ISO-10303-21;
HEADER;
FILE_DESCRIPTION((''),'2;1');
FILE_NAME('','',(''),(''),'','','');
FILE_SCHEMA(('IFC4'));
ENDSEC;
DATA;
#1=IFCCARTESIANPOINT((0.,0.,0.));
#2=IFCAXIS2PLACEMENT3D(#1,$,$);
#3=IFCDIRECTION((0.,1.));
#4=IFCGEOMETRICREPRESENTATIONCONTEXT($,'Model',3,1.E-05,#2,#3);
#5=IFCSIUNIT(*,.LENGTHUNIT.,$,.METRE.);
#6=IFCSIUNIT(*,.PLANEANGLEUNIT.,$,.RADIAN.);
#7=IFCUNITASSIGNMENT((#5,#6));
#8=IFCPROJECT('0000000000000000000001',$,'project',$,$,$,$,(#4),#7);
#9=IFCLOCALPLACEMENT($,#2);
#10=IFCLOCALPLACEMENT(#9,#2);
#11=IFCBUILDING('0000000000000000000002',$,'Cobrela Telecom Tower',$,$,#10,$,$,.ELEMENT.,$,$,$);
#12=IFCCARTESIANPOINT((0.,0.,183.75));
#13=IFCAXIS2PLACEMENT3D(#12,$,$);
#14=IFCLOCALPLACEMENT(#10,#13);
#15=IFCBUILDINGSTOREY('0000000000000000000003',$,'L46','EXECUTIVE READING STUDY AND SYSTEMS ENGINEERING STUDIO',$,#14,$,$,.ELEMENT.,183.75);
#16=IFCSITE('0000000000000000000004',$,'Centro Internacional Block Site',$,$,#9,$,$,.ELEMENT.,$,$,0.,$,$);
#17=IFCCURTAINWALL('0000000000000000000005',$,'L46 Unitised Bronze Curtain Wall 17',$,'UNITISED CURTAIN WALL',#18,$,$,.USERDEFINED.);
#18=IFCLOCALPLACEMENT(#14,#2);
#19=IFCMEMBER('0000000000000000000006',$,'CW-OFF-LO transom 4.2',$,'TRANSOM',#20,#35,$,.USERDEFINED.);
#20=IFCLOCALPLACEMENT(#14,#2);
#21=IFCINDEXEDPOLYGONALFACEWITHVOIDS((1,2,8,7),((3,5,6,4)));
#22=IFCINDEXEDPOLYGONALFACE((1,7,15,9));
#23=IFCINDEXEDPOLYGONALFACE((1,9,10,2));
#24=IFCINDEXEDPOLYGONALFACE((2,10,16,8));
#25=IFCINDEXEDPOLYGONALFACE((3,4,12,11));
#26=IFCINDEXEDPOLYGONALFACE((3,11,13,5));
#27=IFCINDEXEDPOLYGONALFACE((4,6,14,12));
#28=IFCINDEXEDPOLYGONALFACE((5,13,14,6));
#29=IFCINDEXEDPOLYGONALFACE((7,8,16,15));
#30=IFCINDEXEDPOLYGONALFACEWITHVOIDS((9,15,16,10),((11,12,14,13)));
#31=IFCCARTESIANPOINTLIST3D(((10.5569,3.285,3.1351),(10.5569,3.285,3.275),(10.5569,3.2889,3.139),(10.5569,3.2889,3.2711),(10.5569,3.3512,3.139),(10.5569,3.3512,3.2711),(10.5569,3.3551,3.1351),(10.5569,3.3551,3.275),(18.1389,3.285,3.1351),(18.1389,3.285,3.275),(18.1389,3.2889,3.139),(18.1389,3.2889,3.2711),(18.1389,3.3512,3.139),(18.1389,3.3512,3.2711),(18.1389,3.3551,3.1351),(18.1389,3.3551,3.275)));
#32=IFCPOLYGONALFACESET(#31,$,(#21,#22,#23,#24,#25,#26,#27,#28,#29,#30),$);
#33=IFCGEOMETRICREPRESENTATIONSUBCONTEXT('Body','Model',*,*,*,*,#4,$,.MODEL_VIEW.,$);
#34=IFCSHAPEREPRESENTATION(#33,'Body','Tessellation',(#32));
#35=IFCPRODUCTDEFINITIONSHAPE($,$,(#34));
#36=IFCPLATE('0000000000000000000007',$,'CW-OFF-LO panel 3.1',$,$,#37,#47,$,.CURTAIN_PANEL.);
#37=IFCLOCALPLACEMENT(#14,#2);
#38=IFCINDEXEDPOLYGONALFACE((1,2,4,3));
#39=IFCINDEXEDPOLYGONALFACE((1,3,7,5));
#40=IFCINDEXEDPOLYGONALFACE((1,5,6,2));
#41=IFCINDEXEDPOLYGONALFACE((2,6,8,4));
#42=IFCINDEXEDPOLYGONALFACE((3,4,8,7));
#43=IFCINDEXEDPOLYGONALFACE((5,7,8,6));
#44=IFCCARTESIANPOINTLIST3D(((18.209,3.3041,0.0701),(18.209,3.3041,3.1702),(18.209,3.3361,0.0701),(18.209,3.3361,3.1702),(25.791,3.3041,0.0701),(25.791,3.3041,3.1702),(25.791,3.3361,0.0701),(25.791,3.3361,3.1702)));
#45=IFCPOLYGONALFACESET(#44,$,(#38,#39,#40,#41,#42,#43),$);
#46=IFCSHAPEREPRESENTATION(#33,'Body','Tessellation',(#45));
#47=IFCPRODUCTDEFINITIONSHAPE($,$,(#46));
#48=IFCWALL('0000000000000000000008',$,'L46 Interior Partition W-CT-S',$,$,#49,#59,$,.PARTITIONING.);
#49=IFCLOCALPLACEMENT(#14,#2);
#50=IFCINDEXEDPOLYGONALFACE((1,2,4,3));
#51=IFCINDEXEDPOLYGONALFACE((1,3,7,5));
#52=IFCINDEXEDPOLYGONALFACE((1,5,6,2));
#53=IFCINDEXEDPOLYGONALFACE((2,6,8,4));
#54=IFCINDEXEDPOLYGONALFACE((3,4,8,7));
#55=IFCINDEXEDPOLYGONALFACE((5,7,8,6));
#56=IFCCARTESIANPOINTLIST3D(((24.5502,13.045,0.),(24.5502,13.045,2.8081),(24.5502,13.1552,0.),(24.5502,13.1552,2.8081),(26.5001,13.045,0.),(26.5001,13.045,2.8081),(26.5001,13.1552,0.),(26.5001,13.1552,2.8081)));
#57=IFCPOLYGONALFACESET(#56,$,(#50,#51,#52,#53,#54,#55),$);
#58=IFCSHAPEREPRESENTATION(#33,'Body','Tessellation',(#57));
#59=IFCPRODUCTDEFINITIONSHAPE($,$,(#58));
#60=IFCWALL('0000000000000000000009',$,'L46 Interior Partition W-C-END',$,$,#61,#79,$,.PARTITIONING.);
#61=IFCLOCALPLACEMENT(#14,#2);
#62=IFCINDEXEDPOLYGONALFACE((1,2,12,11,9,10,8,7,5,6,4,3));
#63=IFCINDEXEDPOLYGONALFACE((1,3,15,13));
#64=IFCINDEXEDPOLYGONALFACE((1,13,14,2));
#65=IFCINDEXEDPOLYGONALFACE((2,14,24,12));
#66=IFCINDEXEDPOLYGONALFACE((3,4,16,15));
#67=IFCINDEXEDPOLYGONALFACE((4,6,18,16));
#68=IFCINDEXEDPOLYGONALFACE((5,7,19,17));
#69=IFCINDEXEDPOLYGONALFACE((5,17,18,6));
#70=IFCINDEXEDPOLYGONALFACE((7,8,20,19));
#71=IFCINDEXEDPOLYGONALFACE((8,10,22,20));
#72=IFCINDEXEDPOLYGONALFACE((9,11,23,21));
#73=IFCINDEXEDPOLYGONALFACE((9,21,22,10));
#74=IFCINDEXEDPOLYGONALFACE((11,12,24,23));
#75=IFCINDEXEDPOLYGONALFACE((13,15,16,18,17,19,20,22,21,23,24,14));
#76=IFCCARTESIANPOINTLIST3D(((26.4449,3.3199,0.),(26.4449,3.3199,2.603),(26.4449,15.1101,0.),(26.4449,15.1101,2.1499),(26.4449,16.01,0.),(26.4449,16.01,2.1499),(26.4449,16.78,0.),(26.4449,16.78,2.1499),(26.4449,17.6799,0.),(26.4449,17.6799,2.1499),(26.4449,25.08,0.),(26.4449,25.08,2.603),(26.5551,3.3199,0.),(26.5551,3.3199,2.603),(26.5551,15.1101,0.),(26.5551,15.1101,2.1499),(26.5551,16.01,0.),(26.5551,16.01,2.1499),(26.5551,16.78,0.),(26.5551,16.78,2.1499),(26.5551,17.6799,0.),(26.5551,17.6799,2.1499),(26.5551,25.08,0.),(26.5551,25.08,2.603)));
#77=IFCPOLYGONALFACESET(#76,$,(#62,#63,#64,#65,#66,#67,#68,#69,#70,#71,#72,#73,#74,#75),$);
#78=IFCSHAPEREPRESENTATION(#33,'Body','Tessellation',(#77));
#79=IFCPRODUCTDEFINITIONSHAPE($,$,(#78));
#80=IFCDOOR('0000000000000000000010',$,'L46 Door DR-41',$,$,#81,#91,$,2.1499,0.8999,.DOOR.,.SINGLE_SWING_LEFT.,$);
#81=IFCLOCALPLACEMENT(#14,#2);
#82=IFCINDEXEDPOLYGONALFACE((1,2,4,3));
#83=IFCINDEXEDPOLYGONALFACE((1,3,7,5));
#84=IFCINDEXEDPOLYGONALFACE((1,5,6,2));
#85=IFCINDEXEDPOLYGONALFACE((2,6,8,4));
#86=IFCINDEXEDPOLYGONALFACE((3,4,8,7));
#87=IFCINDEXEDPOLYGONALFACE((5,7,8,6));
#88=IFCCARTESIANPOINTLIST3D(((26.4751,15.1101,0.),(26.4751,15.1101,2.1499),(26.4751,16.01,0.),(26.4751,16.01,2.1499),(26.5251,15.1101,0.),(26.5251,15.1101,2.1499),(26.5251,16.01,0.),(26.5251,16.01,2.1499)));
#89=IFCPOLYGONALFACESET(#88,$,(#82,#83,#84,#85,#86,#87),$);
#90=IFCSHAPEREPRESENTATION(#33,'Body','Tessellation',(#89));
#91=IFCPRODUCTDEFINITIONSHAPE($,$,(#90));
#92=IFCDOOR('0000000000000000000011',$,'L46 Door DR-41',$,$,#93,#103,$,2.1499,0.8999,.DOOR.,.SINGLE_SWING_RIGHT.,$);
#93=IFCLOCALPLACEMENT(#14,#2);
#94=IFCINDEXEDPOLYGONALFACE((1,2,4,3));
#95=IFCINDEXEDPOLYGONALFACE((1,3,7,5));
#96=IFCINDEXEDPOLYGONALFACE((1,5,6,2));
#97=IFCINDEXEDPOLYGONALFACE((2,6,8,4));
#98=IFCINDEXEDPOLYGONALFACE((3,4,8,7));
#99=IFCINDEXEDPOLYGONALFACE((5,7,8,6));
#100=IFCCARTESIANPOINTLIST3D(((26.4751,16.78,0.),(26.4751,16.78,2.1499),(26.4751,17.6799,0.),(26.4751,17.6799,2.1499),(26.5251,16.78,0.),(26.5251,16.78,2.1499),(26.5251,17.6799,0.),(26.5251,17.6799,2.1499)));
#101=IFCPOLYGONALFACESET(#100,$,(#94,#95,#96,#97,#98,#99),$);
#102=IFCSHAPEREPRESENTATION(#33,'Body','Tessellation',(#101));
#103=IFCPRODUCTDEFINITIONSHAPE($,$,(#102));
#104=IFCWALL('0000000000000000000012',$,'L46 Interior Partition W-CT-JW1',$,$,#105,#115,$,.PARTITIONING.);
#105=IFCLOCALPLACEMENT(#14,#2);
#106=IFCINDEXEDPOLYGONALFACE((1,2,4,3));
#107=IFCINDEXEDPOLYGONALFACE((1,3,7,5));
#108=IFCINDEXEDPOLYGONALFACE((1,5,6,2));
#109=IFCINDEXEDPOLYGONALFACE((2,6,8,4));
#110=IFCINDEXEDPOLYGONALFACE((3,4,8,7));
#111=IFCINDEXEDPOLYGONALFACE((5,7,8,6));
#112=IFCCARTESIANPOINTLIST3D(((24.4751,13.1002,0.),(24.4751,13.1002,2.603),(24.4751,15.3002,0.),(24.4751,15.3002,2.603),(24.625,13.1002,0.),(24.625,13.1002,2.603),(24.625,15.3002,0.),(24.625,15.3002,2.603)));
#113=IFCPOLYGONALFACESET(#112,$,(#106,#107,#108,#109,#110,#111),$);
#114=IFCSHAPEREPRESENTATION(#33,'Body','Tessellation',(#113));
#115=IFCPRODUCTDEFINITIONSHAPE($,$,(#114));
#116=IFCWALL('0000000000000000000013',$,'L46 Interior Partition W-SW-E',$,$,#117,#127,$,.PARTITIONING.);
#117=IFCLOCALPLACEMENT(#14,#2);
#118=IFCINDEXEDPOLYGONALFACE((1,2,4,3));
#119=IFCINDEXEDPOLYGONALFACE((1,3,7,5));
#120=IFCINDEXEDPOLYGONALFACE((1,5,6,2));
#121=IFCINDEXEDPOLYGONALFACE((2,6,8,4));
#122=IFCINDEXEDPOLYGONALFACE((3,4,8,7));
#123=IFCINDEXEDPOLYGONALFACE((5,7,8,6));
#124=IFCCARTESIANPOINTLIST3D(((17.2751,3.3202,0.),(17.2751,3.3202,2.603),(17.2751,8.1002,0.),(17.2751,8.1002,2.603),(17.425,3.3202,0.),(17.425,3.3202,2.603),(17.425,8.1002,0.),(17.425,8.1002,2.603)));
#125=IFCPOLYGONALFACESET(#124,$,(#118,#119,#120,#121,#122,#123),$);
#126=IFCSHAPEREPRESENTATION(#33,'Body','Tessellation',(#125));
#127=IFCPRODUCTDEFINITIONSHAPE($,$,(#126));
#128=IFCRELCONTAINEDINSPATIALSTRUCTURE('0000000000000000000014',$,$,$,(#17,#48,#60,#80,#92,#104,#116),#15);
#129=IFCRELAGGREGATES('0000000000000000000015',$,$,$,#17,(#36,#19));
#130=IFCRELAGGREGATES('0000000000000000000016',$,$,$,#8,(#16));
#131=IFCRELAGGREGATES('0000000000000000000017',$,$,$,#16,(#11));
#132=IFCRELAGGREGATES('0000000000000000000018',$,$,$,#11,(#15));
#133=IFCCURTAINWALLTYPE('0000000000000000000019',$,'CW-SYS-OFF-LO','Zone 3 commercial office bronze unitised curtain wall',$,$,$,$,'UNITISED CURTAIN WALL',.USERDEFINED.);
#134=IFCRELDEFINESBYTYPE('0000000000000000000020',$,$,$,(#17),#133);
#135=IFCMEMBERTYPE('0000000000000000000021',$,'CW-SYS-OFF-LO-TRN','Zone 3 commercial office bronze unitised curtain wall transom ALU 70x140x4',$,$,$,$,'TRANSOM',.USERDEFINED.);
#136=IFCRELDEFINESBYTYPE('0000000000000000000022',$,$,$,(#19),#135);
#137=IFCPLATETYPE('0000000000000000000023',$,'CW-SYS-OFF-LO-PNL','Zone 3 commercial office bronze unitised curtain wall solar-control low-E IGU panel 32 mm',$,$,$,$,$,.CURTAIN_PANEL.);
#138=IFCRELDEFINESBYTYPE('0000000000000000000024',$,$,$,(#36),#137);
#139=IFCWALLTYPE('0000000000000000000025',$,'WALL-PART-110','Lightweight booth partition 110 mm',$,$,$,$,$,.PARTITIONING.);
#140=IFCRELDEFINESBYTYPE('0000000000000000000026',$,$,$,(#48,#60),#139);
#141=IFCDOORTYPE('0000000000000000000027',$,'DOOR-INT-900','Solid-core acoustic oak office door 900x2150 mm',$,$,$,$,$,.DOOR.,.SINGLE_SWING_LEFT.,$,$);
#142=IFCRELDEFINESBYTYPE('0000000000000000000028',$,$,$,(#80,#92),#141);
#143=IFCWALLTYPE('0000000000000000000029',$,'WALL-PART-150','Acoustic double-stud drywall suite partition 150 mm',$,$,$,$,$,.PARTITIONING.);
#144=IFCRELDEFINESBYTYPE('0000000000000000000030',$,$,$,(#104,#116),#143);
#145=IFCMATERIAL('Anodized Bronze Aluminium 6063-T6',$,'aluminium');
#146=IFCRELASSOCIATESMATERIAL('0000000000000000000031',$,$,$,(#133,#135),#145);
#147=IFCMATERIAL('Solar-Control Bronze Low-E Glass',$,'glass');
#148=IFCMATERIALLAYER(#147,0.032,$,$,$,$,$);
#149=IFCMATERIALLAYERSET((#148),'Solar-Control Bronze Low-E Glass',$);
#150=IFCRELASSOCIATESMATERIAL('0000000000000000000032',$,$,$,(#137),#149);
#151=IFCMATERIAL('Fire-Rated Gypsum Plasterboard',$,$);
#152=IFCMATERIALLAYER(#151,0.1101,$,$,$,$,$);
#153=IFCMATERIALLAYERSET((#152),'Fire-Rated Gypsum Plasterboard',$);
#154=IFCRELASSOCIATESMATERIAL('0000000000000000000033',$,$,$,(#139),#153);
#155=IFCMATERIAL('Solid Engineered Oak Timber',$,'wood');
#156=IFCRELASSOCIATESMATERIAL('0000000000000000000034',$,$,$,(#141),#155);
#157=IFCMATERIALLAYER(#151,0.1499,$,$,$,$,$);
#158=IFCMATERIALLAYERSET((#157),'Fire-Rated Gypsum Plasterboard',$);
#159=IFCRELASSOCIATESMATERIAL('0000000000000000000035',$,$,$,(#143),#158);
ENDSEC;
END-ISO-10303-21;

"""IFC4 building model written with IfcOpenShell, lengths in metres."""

from ifc_helpers import new_model, si_unit, direction, frame, frame_2d, origin, origin_2d, place, context, subcontext, project, spatial, rectangle, hollow_rectangle, extrude, material, layer, layer_set, material_profile, profile_set, type_object, element, fill, aggregate, save


model = new_model("IFC4")

# Units and contexts
model_context = context("Model", 3, precision=1e-05, world=origin(), true_north=direction((0.0, 1.0)))
body_context = subcontext(model_context, "Body", "Model", "MODEL_VIEW")
ifc_project = project(units=[si_unit("LENGTHUNIT", "METRE"), si_unit("PLANEANGLEUNIT", "RADIAN")], contexts=[model_context])

# Site, building, storey
site_placement = place(None, origin())
site = spatial("IfcSite", under=ifc_project, at=site_placement, Name="Centro Internacional Block Site", CompositionType="ELEMENT", RefElevation=0.0)
building_placement = place(site_placement, origin())
building = spatial("IfcBuilding", under=site, at=building_placement, Name="Cobrela Telecom Tower", CompositionType="ELEMENT")
storey_placement = place(building_placement, frame((0.0, 0.0, 183.75)))
storey = spatial("IfcBuildingStorey", under=building, at=storey_placement, Name="L46", Description="EXECUTIVE READING STUDY AND SYSTEMS ENGINEERING STUDIO", CompositionType="ELEMENT", Elevation=183.75)

# Curtain wall, member, plate
ifc_material_1 = material(Name="Anodized Bronze Aluminium 6063-T6", Category="aluminium")
curtain_wall_type = type_object("IfcCurtainWallType", Name="CW-SYS-OFF-LO", Description="Zone 3 commercial office bronze unitised curtain wall", ElementType="UNITISED CURTAIN WALL", PredefinedType="USERDEFINED", material=ifc_material_1)
curtain_wall_placement = place(storey_placement, origin())
curtain_wall = element("IfcCurtainWall", 1, at=curtain_wall_placement, inside=storey, type_object=curtain_wall_type, Name="L46 Unitised Bronze Curtain Wall 17", ObjectType="UNITISED CURTAIN WALL", PredefinedType="USERDEFINED")
ifc_material_profile_1 = material_profile(ifc_material_1, hollow_rectangle(XDim=0.0701, YDim=0.1399, WallThickness=0.0039, at=origin_2d()), Name="ALU 70x140x4")
ifc_profile_set_1 = profile_set([ifc_material_profile_1], Name="Anodized Bronze Aluminium 6063-T6")
member_type_1 = type_object("IfcMemberType", Name="CW-SYS-OFF-LO-TRN", Description="Zone 3 commercial office bronze unitised curtain wall transom ALU 70x140x4", ElementType="TRANSOM", PredefinedType="USERDEFINED", material=ifc_profile_set_1)
member_1_placement = place(storey_placement, frame((18.1389, 3.3201, 3.2051), z_axis=(-1.0, 0.0, 0.0), x_axis=(0.0, -1.0, 0.0)))
member_1 = element("IfcMember", 2, at=member_1_placement, type_object=member_type_1, Name="CW-OFF-LO transom 4.2", ObjectType="TRANSOM", PredefinedType="USERDEFINED", context=body_context, shape_type="SweptSolid", body=[
    extrude(hollow_rectangle(XDim=0.0701, YDim=0.1399, WallThickness=0.0039, at=origin_2d()), origin(), (0.0, 0.0, 1.0), 7.582),
])
ifc_material_2 = material(Name="Solar-Control Bronze Low-E Glass", Category="glass")
ifc_layer_1 = layer(ifc_material_2, 0.032)
ifc_layer_set_1 = layer_set([ifc_layer_1], Name="Solar-Control Bronze Low-E Glass")
plate_type = type_object("IfcPlateType", Name="CW-SYS-OFF-LO-PNL", Description="Zone 3 commercial office bronze unitised curtain wall solar-control low-E IGU panel 32 mm", PredefinedType="CURTAIN_PANEL", material=ifc_layer_set_1)
plate_placement = place(storey_placement, frame((22.0, 3.3201, 0.0701), z_axis=(0.0, 0.0, 1.0), x_axis=(-1.0, 0.0, 0.0)))
plate = element("IfcPlate", 3, at=plate_placement, type_object=plate_type, Name="CW-OFF-LO panel 3.1", PredefinedType="CURTAIN_PANEL", context=body_context, shape_type="SweptSolid", body=[
    extrude(rectangle(XDim=7.582, YDim=0.032, at=origin_2d()), origin(), (0.0, 0.0, 1.0), 3.1001),
])
aggregate(curtain_wall, [plate, member_1])

# Wall
ifc_material_3 = material(Name="Fire-Rated Gypsum Plasterboard")
ifc_layer_2 = layer(ifc_material_3, 0.1101)
ifc_layer_set_2 = layer_set([ifc_layer_2], Name="Fire-Rated Gypsum Plasterboard")
wall_type_1 = type_object("IfcWallType", Name="WALL-PART-110", Description="Lightweight booth partition 110 mm", PredefinedType="PARTITIONING", material=ifc_layer_set_2)
wall_1_placement = place(storey_placement, frame((24.55, 13.1001, 0.0), z_axis=(0.0, 0.0, 1.0), x_axis=(1.0, 0.0, 0.0)))
element("IfcWall", 4, at=wall_1_placement, inside=storey, type_object=wall_type_1, Name="L46 Interior Partition W-CT-S", PredefinedType="PARTITIONING", context=body_context, shape_type="SweptSolid", body=[
    extrude(rectangle(XDim=1.95, YDim=0.1101, at=frame_2d((0.9751, 0.0))), origin(), (0.0, 0.0, 1.0), 2.8081),
])

# Wall, openings, doors
wall_2_placement = place(storey_placement, frame((26.5, 3.3201, 0.0), z_axis=(0.0, 0.0, 1.0), x_axis=(0.0, 1.0, 0.0)))
wall_2 = element("IfcWall", 5, at=wall_2_placement, inside=storey, type_object=wall_type_1, Name="L46 Interior Partition W-C-END", PredefinedType="PARTITIONING", context=body_context, shape_type="SweptSolid", body=[
    extrude(rectangle(XDim=21.76, YDim=0.1101, at=frame_2d((10.8799, 0.0))), origin(), (0.0, 0.0, 1.0), 2.603),
])
opening_1_placement = place(wall_2_placement, frame((11.79, 0.0, 0.0)))
opening_1 = element("IfcOpeningElement", 6, at=opening_1_placement, cuts=wall_2, PredefinedType="OPENING", context=body_context, shape_type="SweptSolid", body=[
    extrude(rectangle(XDim=0.8999, YDim=2.1499, at=frame_2d((0.45, 1.075))), frame((0.0, 0.0669, 0.0), z_axis=(0.0, -1.0, 0.0), x_axis=(1.0, 0.0, 0.0)), (0.0, 0.0, 1.0), 0.134),
])
opening_2_placement = place(wall_2_placement, frame((13.46, 0.0, 0.0)))
opening_2 = element("IfcOpeningElement", 7, at=opening_2_placement, cuts=wall_2, PredefinedType="OPENING", context=body_context, shape_type="SweptSolid", body=[
    extrude(rectangle(XDim=0.8999, YDim=2.1499, at=frame_2d((0.45, 1.075))), frame((0.0, 0.0669, 0.0), z_axis=(0.0, -1.0, 0.0), x_axis=(1.0, 0.0, 0.0)), (0.0, 0.0, 1.0), 0.134),
])
ifc_material_4 = material(Name="Solid Engineered Oak Timber", Category="wood")
door_type = type_object("IfcDoorType", Name="DOOR-INT-900", Description="Solid-core acoustic oak office door 900x2150 mm", OperationType="SINGLE_SWING_LEFT", PredefinedType="DOOR", material=ifc_material_4)
door_1_placement = place(opening_1_placement, origin())
door_1 = element("IfcDoor", 8, at=door_1_placement, inside=storey, type_object=door_type, Name="L46 Door DR-41", OperationType="SINGLE_SWING_LEFT", OverallHeight=2.1499, OverallWidth=0.8999, PredefinedType="DOOR", context=body_context, shape_type="SweptSolid", body=[
    extrude(rectangle(XDim=0.8999, YDim=2.1499, at=frame_2d((0.45, 1.075))), frame((0.0, 0.0249, 0.0), z_axis=(0.0, -1.0, 0.0), x_axis=(1.0, 0.0, 0.0)), (0.0, 0.0, 1.0), 0.05),
])
fill(opening_1, door_1)
door_2_placement = place(opening_2_placement, origin())
door_2 = element("IfcDoor", 9, at=door_2_placement, inside=storey, type_object=door_type, Name="L46 Door DR-41", OperationType="SINGLE_SWING_RIGHT", OverallHeight=2.1499, OverallWidth=0.8999, PredefinedType="DOOR", context=body_context, shape_type="SweptSolid", body=[
    extrude(rectangle(XDim=0.8999, YDim=2.1499, at=frame_2d((0.45, 1.075))), frame((0.0, 0.0249, 0.0), z_axis=(0.0, -1.0, 0.0), x_axis=(1.0, 0.0, 0.0)), (0.0, 0.0, 1.0), 0.05),
])
fill(opening_2, door_2)

# Walls
ifc_layer_3 = layer(ifc_material_3, 0.1499)
ifc_layer_set_3 = layer_set([ifc_layer_3], Name="Fire-Rated Gypsum Plasterboard")
wall_type_2 = type_object("IfcWallType", Name="WALL-PART-150", Description="Acoustic double-stud drywall suite partition 150 mm", PredefinedType="PARTITIONING", material=ifc_layer_set_3)
wall_3_placement = place(storey_placement, frame((24.55, 13.1001, 0.0), z_axis=(0.0, 0.0, 1.0), x_axis=(0.0, 1.0, 0.0)))
element("IfcWall", 10, at=wall_3_placement, inside=storey, type_object=wall_type_2, Name="L46 Interior Partition W-CT-JW1", PredefinedType="PARTITIONING", context=body_context, shape_type="SweptSolid", body=[
    extrude(rectangle(XDim=2.2, YDim=0.1499, at=frame_2d((1.1001, 0.0))), origin(), (0.0, 0.0, 1.0), 2.603),
])
wall_4_placement = place(storey_placement, frame((17.3501, 3.3201, 0.0), z_axis=(0.0, 0.0, 1.0), x_axis=(0.0, 1.0, 0.0)))
element("IfcWall", 11, at=wall_4_placement, inside=storey, type_object=wall_type_2, Name="L46 Interior Partition W-SW-E", PredefinedType="PARTITIONING", context=body_context, shape_type="SweptSolid", body=[
    extrude(rectangle(XDim=4.78, YDim=0.1499, at=frame_2d((2.3901, 0.0))), origin(), (0.0, 0.0, 1.0), 2.603),
])

save(model, "model.ifc")
